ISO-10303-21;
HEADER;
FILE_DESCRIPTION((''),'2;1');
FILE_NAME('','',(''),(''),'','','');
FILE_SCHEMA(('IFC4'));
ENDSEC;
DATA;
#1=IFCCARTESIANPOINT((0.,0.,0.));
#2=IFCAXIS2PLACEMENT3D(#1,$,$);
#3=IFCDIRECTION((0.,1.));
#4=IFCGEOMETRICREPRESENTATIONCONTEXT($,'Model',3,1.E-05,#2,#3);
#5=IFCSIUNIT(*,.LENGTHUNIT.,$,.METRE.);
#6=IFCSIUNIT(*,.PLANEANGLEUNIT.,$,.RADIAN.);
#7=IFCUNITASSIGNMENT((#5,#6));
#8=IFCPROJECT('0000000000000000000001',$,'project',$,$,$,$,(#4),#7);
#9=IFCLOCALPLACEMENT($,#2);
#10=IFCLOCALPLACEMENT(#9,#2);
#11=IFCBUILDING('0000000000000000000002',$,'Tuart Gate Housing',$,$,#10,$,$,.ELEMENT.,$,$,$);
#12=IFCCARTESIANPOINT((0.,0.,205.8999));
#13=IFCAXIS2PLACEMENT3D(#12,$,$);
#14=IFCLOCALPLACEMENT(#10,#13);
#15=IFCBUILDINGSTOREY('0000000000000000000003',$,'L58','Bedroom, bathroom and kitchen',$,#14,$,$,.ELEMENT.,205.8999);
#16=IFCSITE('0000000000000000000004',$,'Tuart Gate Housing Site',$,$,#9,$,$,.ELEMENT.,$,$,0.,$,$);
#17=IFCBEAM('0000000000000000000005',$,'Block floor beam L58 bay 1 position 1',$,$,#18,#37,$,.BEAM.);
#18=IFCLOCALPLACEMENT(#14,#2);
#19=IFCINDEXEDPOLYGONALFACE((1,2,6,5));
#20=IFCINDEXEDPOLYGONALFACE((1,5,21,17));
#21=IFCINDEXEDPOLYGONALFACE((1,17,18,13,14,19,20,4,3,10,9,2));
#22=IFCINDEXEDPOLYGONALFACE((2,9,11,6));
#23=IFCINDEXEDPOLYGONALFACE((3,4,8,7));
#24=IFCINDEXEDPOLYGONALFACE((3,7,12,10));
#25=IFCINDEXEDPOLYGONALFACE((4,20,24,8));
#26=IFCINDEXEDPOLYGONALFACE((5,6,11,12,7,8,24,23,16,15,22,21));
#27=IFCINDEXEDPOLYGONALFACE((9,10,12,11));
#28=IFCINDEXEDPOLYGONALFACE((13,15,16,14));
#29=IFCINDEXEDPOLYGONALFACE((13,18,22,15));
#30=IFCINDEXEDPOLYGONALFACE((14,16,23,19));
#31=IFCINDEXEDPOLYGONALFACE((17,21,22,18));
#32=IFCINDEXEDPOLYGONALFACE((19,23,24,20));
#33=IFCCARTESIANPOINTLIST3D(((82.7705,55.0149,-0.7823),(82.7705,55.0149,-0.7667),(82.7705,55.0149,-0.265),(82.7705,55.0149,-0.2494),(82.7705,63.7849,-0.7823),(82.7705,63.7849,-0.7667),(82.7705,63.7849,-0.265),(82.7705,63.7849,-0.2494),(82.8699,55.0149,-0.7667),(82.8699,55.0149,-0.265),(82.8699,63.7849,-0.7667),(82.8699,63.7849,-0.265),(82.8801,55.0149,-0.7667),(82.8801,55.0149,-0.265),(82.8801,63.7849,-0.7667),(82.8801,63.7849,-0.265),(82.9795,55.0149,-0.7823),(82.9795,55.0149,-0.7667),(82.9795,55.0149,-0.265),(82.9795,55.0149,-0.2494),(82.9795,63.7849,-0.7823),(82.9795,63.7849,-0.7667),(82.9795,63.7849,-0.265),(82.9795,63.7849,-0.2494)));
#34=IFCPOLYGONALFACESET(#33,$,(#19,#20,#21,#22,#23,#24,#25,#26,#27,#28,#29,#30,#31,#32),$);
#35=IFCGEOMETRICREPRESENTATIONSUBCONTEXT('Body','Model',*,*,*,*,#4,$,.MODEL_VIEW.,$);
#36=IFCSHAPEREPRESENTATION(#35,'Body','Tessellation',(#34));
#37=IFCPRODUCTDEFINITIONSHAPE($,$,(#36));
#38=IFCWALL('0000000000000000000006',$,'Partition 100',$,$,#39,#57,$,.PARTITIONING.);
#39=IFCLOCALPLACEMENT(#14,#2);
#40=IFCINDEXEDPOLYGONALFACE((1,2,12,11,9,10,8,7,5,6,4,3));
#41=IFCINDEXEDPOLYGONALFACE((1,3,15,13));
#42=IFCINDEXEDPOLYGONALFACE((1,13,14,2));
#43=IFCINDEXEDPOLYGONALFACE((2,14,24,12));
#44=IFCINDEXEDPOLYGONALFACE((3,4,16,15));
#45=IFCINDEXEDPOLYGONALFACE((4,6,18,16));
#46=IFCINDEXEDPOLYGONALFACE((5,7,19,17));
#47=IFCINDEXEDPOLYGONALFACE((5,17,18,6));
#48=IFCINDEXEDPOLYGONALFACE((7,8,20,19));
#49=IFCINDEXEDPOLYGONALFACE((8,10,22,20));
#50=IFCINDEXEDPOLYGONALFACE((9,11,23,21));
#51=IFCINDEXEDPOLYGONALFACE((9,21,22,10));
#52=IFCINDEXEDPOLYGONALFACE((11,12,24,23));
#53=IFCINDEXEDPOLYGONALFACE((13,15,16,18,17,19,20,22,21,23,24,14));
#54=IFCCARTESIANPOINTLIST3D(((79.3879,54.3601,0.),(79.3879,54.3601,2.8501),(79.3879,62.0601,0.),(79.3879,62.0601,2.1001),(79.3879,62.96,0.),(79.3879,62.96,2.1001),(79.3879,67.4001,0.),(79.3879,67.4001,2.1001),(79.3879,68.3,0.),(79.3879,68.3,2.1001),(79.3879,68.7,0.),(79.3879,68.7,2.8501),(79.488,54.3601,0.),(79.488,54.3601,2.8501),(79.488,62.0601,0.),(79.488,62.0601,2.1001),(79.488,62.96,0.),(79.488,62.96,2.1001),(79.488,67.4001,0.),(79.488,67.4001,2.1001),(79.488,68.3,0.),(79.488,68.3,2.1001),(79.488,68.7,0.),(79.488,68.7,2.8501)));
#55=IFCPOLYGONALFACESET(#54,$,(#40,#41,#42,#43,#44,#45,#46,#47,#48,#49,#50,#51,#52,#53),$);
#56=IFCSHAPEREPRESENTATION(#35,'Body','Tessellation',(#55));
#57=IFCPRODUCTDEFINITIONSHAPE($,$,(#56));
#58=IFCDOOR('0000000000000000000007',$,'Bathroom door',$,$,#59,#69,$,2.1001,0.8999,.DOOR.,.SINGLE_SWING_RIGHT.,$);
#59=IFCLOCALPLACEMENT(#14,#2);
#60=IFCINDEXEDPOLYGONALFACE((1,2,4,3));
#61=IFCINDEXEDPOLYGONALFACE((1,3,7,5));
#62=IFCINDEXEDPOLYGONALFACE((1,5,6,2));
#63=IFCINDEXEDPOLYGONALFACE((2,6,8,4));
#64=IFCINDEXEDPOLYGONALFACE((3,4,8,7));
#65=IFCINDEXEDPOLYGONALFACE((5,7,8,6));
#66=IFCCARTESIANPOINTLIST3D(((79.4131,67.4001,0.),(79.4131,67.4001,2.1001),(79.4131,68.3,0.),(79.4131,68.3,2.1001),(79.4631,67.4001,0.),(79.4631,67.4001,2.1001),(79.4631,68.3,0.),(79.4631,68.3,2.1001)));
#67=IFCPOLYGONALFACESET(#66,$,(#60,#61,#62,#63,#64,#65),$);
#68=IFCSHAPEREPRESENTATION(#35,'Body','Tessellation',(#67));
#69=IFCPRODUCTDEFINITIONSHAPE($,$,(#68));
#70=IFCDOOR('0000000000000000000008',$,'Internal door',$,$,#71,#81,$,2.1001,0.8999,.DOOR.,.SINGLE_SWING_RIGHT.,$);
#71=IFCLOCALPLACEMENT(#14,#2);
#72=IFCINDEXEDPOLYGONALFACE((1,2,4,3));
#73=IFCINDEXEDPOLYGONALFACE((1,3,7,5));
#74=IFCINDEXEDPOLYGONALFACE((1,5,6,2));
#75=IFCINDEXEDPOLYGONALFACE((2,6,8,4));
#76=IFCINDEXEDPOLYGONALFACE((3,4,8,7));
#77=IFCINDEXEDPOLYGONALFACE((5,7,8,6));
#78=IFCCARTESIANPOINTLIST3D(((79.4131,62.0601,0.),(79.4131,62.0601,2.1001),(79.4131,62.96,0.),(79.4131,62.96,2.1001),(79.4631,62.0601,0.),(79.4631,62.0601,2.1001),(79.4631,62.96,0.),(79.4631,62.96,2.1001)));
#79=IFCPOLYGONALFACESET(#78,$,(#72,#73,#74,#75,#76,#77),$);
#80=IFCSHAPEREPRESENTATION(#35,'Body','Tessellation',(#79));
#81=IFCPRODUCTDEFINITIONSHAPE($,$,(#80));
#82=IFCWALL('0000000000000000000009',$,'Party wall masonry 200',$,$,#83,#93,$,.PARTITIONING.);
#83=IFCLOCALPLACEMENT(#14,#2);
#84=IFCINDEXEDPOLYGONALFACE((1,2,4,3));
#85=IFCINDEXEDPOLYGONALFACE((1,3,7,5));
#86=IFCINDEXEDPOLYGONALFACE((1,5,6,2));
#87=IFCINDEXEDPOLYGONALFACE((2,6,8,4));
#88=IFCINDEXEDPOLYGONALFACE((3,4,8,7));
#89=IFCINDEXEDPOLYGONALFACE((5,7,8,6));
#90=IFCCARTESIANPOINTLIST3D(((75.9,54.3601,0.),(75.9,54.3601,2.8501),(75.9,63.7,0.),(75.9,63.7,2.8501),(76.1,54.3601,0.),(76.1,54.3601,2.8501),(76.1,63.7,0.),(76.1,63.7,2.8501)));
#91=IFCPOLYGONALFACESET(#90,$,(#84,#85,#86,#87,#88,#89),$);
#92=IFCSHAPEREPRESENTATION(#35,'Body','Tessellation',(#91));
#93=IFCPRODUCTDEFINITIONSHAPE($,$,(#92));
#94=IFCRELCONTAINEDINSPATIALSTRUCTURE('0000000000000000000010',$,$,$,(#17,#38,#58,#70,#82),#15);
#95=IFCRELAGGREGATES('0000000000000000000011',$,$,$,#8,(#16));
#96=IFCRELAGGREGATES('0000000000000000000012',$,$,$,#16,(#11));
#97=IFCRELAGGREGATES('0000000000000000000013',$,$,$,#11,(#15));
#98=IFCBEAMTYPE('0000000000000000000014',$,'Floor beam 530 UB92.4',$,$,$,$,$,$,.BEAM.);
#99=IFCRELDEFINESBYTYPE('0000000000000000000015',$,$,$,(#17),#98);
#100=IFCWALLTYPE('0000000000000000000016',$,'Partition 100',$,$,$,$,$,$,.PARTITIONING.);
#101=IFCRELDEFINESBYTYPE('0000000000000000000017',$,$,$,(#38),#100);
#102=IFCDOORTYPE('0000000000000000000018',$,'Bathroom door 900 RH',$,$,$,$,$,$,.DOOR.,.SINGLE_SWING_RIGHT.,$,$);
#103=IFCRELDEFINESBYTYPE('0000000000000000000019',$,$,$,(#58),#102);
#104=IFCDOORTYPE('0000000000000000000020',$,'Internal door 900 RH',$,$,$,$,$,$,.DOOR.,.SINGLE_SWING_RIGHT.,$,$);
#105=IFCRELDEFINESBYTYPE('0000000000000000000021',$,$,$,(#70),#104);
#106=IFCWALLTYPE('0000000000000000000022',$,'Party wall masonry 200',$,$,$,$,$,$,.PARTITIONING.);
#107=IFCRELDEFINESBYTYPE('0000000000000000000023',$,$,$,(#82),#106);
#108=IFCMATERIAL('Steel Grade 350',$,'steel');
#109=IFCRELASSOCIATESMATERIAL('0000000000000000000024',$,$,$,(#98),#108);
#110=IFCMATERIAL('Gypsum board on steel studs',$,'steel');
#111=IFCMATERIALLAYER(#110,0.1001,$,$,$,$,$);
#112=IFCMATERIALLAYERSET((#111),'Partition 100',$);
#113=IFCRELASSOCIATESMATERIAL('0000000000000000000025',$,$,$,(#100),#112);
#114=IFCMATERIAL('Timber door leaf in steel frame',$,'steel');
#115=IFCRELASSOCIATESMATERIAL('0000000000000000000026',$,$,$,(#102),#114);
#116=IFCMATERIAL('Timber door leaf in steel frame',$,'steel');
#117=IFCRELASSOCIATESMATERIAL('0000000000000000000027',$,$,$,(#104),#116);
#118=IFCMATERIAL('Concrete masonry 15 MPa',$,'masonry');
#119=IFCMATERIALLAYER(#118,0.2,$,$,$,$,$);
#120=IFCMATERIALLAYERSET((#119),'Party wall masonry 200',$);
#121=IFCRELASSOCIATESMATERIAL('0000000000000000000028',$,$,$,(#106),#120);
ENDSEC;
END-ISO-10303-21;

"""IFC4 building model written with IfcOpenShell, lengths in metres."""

from ifc_helpers import new_model, si_unit, direction, frame, frame_2d, origin, origin_2d, place, context, subcontext, project, spatial, rectangle, i_section, extrude, material, layer, layer_set, material_profile, profile_set, type_object, element, fill, save


model = new_model("IFC4")

# Units and contexts
model_context = context("Model", 3, precision=1e-05, world=origin(), true_north=direction((0.0, 1.0)))
body_context = subcontext(model_context, "Body", "Model", "MODEL_VIEW")
ifc_project = project(units=[si_unit("LENGTHUNIT", "METRE"), si_unit("PLANEANGLEUNIT", "RADIAN")], contexts=[model_context])

# Site, building, storey
site_placement = place(None, origin())
site = spatial("IfcSite", under=ifc_project, at=site_placement, Name="Tuart Gate Housing Site", CompositionType="ELEMENT", RefElevation=0.0)
building_placement = place(site_placement, origin())
building = spatial("IfcBuilding", under=site, at=building_placement, Name="Tuart Gate Housing", CompositionType="ELEMENT")
storey_placement = place(building_placement, frame((0.0, 0.0, 205.8999)))
storey = spatial("IfcBuildingStorey", under=building, at=storey_placement, Name="L58", Description="Bedroom, bathroom and kitchen", CompositionType="ELEMENT", Elevation=205.8999)

# Beam
ifc_material_1 = material(Name="Steel Grade 350", Category="steel")
ifc_material_profile = material_profile(ifc_material_1, i_section(OverallWidth=0.209, OverallDepth=0.533, WebThickness=0.0103, FlangeThickness=0.0156, at=origin_2d()), Name="530UB92.4")
ifc_profile_set = profile_set([ifc_material_profile], Name="Steel Grade 350")
beam_type = type_object("IfcBeamType", Name="Floor beam 530 UB92.4", PredefinedType="BEAM", material=ifc_profile_set)
beam_placement = place(storey_placement, frame((82.875, 55.0149, -0.5159), z_axis=(0.0, 1.0, 0.0), x_axis=(-1.0, 0.0, 0.0)))
element("IfcBeam", 1, at=beam_placement, inside=storey, type_object=beam_type, Name="Block floor beam L58 bay 1 position 1", PredefinedType="BEAM", context=body_context, shape_type="SweptSolid", body=[
    extrude(i_section(OverallWidth=0.209, OverallDepth=0.533, WebThickness=0.0103, FlangeThickness=0.0156, at=origin_2d()), origin(), (0.0, 0.0, 1.0), 8.77),
])

# Wall, openings, doors
ifc_material_2 = material(Name="Gypsum board on steel studs", Category="steel")
ifc_layer_1 = layer(ifc_material_2, 0.1001)
ifc_layer_set_1 = layer_set([ifc_layer_1], Name="Partition 100")
wall_type_1 = type_object("IfcWallType", Name="Partition 100", PredefinedType="PARTITIONING", material=ifc_layer_set_1)
wall_1_placement = place(storey_placement, frame((79.438, 54.3601, 0.0), z_axis=(0.0, 0.0, 1.0), x_axis=(0.0, 1.0, 0.0)))
wall_1 = element("IfcWall", 2, at=wall_1_placement, inside=storey, type_object=wall_type_1, Name="Partition 100", PredefinedType="PARTITIONING", context=body_context, shape_type="SweptSolid", body=[
    extrude(rectangle(XDim=14.3398, YDim=0.1001, at=frame_2d((7.1699, 0.0))), origin(), (0.0, 0.0, 1.0), 2.8501),
])
opening_1_placement = place(wall_1_placement, frame((7.7, 0.0, 0.0)))
opening_1 = element("IfcOpeningElement", 3, at=opening_1_placement, cuts=wall_1, PredefinedType="OPENING", context=body_context, shape_type="SweptSolid", body=[
    extrude(rectangle(XDim=0.8999, YDim=2.1001, at=frame_2d((0.45, 1.05))), frame((0.0, 0.0601, 0.0), z_axis=(0.0, -1.0, 0.0), x_axis=(1.0, 0.0, 0.0)), (0.0, 0.0, 1.0), 0.1201),
])
opening_2_placement = place(wall_1_placement, frame((13.04, 0.0, 0.0)))
opening_2 = element("IfcOpeningElement", 4, at=opening_2_placement, cuts=wall_1, PredefinedType="OPENING", context=body_context, shape_type="SweptSolid", body=[
    extrude(rectangle(XDim=0.8999, YDim=2.1001, at=frame_2d((0.45, 1.05))), frame((0.0, 0.0601, 0.0), z_axis=(0.0, -1.0, 0.0), x_axis=(1.0, 0.0, 0.0)), (0.0, 0.0, 1.0), 0.1201),
])
ifc_material_3 = material(Name="Timber door leaf in steel frame", Category="steel")
door_type_1 = type_object("IfcDoorType", Name="Bathroom door 900 RH", OperationType="SINGLE_SWING_RIGHT", PredefinedType="DOOR", material=ifc_material_3)
door_1_placement = place(opening_2_placement, origin())
door_1 = element("IfcDoor", 5, at=door_1_placement, inside=storey, type_object=door_type_1, Name="Bathroom door", OperationType="SINGLE_SWING_RIGHT", OverallHeight=2.1001, OverallWidth=0.8999, PredefinedType="DOOR", context=body_context, shape_type="SweptSolid", body=[
    extrude(rectangle(XDim=0.8999, YDim=2.1001, at=frame_2d((0.45, 1.05))), frame((0.0, 0.0249, 0.0), z_axis=(0.0, -1.0, 0.0), x_axis=(1.0, 0.0, 0.0)), (0.0, 0.0, 1.0), 0.05),
])
fill(opening_2, door_1)
ifc_material_4 = material(Name="Timber door leaf in steel frame", Category="steel")
door_type_2 = type_object("IfcDoorType", Name="Internal door 900 RH", OperationType="SINGLE_SWING_RIGHT", PredefinedType="DOOR", material=ifc_material_4)
door_2_placement = place(opening_1_placement, origin())
door_2 = element("IfcDoor", 6, at=door_2_placement, inside=storey, type_object=door_type_2, Name="Internal door", OperationType="SINGLE_SWING_RIGHT", OverallHeight=2.1001, OverallWidth=0.8999, PredefinedType="DOOR", context=body_context, shape_type="SweptSolid", body=[
    extrude(rectangle(XDim=0.8999, YDim=2.1001, at=frame_2d((0.45, 1.05))), frame((0.0, 0.0249, 0.0), z_axis=(0.0, -1.0, 0.0), x_axis=(1.0, 0.0, 0.0)), (0.0, 0.0, 1.0), 0.05),
])
fill(opening_1, door_2)

# Wall
ifc_material_5 = material(Name="Concrete masonry 15 MPa", Category="masonry")
ifc_layer_2 = layer(ifc_material_5, 0.2)
ifc_layer_set_2 = layer_set([ifc_layer_2], Name="Party wall masonry 200")
wall_type_2 = type_object("IfcWallType", Name="Party wall masonry 200", PredefinedType="PARTITIONING", material=ifc_layer_set_2)
wall_2_placement = place(storey_placement, frame((76.0, 54.3601, 0.0), z_axis=(0.0, 0.0, 1.0), x_axis=(0.0, 1.0, 0.0)))
element("IfcWall", 7, at=wall_2_placement, inside=storey, type_object=wall_type_2, Name="Party wall masonry 200", PredefinedType="PARTITIONING", context=body_context, shape_type="SweptSolid", body=[
    extrude(rectangle(XDim=9.3398, YDim=0.2, at=frame_2d((4.6699, 0.0))), origin(), (0.0, 0.0, 1.0), 2.8501),
])

save(model, "model.ifc")
